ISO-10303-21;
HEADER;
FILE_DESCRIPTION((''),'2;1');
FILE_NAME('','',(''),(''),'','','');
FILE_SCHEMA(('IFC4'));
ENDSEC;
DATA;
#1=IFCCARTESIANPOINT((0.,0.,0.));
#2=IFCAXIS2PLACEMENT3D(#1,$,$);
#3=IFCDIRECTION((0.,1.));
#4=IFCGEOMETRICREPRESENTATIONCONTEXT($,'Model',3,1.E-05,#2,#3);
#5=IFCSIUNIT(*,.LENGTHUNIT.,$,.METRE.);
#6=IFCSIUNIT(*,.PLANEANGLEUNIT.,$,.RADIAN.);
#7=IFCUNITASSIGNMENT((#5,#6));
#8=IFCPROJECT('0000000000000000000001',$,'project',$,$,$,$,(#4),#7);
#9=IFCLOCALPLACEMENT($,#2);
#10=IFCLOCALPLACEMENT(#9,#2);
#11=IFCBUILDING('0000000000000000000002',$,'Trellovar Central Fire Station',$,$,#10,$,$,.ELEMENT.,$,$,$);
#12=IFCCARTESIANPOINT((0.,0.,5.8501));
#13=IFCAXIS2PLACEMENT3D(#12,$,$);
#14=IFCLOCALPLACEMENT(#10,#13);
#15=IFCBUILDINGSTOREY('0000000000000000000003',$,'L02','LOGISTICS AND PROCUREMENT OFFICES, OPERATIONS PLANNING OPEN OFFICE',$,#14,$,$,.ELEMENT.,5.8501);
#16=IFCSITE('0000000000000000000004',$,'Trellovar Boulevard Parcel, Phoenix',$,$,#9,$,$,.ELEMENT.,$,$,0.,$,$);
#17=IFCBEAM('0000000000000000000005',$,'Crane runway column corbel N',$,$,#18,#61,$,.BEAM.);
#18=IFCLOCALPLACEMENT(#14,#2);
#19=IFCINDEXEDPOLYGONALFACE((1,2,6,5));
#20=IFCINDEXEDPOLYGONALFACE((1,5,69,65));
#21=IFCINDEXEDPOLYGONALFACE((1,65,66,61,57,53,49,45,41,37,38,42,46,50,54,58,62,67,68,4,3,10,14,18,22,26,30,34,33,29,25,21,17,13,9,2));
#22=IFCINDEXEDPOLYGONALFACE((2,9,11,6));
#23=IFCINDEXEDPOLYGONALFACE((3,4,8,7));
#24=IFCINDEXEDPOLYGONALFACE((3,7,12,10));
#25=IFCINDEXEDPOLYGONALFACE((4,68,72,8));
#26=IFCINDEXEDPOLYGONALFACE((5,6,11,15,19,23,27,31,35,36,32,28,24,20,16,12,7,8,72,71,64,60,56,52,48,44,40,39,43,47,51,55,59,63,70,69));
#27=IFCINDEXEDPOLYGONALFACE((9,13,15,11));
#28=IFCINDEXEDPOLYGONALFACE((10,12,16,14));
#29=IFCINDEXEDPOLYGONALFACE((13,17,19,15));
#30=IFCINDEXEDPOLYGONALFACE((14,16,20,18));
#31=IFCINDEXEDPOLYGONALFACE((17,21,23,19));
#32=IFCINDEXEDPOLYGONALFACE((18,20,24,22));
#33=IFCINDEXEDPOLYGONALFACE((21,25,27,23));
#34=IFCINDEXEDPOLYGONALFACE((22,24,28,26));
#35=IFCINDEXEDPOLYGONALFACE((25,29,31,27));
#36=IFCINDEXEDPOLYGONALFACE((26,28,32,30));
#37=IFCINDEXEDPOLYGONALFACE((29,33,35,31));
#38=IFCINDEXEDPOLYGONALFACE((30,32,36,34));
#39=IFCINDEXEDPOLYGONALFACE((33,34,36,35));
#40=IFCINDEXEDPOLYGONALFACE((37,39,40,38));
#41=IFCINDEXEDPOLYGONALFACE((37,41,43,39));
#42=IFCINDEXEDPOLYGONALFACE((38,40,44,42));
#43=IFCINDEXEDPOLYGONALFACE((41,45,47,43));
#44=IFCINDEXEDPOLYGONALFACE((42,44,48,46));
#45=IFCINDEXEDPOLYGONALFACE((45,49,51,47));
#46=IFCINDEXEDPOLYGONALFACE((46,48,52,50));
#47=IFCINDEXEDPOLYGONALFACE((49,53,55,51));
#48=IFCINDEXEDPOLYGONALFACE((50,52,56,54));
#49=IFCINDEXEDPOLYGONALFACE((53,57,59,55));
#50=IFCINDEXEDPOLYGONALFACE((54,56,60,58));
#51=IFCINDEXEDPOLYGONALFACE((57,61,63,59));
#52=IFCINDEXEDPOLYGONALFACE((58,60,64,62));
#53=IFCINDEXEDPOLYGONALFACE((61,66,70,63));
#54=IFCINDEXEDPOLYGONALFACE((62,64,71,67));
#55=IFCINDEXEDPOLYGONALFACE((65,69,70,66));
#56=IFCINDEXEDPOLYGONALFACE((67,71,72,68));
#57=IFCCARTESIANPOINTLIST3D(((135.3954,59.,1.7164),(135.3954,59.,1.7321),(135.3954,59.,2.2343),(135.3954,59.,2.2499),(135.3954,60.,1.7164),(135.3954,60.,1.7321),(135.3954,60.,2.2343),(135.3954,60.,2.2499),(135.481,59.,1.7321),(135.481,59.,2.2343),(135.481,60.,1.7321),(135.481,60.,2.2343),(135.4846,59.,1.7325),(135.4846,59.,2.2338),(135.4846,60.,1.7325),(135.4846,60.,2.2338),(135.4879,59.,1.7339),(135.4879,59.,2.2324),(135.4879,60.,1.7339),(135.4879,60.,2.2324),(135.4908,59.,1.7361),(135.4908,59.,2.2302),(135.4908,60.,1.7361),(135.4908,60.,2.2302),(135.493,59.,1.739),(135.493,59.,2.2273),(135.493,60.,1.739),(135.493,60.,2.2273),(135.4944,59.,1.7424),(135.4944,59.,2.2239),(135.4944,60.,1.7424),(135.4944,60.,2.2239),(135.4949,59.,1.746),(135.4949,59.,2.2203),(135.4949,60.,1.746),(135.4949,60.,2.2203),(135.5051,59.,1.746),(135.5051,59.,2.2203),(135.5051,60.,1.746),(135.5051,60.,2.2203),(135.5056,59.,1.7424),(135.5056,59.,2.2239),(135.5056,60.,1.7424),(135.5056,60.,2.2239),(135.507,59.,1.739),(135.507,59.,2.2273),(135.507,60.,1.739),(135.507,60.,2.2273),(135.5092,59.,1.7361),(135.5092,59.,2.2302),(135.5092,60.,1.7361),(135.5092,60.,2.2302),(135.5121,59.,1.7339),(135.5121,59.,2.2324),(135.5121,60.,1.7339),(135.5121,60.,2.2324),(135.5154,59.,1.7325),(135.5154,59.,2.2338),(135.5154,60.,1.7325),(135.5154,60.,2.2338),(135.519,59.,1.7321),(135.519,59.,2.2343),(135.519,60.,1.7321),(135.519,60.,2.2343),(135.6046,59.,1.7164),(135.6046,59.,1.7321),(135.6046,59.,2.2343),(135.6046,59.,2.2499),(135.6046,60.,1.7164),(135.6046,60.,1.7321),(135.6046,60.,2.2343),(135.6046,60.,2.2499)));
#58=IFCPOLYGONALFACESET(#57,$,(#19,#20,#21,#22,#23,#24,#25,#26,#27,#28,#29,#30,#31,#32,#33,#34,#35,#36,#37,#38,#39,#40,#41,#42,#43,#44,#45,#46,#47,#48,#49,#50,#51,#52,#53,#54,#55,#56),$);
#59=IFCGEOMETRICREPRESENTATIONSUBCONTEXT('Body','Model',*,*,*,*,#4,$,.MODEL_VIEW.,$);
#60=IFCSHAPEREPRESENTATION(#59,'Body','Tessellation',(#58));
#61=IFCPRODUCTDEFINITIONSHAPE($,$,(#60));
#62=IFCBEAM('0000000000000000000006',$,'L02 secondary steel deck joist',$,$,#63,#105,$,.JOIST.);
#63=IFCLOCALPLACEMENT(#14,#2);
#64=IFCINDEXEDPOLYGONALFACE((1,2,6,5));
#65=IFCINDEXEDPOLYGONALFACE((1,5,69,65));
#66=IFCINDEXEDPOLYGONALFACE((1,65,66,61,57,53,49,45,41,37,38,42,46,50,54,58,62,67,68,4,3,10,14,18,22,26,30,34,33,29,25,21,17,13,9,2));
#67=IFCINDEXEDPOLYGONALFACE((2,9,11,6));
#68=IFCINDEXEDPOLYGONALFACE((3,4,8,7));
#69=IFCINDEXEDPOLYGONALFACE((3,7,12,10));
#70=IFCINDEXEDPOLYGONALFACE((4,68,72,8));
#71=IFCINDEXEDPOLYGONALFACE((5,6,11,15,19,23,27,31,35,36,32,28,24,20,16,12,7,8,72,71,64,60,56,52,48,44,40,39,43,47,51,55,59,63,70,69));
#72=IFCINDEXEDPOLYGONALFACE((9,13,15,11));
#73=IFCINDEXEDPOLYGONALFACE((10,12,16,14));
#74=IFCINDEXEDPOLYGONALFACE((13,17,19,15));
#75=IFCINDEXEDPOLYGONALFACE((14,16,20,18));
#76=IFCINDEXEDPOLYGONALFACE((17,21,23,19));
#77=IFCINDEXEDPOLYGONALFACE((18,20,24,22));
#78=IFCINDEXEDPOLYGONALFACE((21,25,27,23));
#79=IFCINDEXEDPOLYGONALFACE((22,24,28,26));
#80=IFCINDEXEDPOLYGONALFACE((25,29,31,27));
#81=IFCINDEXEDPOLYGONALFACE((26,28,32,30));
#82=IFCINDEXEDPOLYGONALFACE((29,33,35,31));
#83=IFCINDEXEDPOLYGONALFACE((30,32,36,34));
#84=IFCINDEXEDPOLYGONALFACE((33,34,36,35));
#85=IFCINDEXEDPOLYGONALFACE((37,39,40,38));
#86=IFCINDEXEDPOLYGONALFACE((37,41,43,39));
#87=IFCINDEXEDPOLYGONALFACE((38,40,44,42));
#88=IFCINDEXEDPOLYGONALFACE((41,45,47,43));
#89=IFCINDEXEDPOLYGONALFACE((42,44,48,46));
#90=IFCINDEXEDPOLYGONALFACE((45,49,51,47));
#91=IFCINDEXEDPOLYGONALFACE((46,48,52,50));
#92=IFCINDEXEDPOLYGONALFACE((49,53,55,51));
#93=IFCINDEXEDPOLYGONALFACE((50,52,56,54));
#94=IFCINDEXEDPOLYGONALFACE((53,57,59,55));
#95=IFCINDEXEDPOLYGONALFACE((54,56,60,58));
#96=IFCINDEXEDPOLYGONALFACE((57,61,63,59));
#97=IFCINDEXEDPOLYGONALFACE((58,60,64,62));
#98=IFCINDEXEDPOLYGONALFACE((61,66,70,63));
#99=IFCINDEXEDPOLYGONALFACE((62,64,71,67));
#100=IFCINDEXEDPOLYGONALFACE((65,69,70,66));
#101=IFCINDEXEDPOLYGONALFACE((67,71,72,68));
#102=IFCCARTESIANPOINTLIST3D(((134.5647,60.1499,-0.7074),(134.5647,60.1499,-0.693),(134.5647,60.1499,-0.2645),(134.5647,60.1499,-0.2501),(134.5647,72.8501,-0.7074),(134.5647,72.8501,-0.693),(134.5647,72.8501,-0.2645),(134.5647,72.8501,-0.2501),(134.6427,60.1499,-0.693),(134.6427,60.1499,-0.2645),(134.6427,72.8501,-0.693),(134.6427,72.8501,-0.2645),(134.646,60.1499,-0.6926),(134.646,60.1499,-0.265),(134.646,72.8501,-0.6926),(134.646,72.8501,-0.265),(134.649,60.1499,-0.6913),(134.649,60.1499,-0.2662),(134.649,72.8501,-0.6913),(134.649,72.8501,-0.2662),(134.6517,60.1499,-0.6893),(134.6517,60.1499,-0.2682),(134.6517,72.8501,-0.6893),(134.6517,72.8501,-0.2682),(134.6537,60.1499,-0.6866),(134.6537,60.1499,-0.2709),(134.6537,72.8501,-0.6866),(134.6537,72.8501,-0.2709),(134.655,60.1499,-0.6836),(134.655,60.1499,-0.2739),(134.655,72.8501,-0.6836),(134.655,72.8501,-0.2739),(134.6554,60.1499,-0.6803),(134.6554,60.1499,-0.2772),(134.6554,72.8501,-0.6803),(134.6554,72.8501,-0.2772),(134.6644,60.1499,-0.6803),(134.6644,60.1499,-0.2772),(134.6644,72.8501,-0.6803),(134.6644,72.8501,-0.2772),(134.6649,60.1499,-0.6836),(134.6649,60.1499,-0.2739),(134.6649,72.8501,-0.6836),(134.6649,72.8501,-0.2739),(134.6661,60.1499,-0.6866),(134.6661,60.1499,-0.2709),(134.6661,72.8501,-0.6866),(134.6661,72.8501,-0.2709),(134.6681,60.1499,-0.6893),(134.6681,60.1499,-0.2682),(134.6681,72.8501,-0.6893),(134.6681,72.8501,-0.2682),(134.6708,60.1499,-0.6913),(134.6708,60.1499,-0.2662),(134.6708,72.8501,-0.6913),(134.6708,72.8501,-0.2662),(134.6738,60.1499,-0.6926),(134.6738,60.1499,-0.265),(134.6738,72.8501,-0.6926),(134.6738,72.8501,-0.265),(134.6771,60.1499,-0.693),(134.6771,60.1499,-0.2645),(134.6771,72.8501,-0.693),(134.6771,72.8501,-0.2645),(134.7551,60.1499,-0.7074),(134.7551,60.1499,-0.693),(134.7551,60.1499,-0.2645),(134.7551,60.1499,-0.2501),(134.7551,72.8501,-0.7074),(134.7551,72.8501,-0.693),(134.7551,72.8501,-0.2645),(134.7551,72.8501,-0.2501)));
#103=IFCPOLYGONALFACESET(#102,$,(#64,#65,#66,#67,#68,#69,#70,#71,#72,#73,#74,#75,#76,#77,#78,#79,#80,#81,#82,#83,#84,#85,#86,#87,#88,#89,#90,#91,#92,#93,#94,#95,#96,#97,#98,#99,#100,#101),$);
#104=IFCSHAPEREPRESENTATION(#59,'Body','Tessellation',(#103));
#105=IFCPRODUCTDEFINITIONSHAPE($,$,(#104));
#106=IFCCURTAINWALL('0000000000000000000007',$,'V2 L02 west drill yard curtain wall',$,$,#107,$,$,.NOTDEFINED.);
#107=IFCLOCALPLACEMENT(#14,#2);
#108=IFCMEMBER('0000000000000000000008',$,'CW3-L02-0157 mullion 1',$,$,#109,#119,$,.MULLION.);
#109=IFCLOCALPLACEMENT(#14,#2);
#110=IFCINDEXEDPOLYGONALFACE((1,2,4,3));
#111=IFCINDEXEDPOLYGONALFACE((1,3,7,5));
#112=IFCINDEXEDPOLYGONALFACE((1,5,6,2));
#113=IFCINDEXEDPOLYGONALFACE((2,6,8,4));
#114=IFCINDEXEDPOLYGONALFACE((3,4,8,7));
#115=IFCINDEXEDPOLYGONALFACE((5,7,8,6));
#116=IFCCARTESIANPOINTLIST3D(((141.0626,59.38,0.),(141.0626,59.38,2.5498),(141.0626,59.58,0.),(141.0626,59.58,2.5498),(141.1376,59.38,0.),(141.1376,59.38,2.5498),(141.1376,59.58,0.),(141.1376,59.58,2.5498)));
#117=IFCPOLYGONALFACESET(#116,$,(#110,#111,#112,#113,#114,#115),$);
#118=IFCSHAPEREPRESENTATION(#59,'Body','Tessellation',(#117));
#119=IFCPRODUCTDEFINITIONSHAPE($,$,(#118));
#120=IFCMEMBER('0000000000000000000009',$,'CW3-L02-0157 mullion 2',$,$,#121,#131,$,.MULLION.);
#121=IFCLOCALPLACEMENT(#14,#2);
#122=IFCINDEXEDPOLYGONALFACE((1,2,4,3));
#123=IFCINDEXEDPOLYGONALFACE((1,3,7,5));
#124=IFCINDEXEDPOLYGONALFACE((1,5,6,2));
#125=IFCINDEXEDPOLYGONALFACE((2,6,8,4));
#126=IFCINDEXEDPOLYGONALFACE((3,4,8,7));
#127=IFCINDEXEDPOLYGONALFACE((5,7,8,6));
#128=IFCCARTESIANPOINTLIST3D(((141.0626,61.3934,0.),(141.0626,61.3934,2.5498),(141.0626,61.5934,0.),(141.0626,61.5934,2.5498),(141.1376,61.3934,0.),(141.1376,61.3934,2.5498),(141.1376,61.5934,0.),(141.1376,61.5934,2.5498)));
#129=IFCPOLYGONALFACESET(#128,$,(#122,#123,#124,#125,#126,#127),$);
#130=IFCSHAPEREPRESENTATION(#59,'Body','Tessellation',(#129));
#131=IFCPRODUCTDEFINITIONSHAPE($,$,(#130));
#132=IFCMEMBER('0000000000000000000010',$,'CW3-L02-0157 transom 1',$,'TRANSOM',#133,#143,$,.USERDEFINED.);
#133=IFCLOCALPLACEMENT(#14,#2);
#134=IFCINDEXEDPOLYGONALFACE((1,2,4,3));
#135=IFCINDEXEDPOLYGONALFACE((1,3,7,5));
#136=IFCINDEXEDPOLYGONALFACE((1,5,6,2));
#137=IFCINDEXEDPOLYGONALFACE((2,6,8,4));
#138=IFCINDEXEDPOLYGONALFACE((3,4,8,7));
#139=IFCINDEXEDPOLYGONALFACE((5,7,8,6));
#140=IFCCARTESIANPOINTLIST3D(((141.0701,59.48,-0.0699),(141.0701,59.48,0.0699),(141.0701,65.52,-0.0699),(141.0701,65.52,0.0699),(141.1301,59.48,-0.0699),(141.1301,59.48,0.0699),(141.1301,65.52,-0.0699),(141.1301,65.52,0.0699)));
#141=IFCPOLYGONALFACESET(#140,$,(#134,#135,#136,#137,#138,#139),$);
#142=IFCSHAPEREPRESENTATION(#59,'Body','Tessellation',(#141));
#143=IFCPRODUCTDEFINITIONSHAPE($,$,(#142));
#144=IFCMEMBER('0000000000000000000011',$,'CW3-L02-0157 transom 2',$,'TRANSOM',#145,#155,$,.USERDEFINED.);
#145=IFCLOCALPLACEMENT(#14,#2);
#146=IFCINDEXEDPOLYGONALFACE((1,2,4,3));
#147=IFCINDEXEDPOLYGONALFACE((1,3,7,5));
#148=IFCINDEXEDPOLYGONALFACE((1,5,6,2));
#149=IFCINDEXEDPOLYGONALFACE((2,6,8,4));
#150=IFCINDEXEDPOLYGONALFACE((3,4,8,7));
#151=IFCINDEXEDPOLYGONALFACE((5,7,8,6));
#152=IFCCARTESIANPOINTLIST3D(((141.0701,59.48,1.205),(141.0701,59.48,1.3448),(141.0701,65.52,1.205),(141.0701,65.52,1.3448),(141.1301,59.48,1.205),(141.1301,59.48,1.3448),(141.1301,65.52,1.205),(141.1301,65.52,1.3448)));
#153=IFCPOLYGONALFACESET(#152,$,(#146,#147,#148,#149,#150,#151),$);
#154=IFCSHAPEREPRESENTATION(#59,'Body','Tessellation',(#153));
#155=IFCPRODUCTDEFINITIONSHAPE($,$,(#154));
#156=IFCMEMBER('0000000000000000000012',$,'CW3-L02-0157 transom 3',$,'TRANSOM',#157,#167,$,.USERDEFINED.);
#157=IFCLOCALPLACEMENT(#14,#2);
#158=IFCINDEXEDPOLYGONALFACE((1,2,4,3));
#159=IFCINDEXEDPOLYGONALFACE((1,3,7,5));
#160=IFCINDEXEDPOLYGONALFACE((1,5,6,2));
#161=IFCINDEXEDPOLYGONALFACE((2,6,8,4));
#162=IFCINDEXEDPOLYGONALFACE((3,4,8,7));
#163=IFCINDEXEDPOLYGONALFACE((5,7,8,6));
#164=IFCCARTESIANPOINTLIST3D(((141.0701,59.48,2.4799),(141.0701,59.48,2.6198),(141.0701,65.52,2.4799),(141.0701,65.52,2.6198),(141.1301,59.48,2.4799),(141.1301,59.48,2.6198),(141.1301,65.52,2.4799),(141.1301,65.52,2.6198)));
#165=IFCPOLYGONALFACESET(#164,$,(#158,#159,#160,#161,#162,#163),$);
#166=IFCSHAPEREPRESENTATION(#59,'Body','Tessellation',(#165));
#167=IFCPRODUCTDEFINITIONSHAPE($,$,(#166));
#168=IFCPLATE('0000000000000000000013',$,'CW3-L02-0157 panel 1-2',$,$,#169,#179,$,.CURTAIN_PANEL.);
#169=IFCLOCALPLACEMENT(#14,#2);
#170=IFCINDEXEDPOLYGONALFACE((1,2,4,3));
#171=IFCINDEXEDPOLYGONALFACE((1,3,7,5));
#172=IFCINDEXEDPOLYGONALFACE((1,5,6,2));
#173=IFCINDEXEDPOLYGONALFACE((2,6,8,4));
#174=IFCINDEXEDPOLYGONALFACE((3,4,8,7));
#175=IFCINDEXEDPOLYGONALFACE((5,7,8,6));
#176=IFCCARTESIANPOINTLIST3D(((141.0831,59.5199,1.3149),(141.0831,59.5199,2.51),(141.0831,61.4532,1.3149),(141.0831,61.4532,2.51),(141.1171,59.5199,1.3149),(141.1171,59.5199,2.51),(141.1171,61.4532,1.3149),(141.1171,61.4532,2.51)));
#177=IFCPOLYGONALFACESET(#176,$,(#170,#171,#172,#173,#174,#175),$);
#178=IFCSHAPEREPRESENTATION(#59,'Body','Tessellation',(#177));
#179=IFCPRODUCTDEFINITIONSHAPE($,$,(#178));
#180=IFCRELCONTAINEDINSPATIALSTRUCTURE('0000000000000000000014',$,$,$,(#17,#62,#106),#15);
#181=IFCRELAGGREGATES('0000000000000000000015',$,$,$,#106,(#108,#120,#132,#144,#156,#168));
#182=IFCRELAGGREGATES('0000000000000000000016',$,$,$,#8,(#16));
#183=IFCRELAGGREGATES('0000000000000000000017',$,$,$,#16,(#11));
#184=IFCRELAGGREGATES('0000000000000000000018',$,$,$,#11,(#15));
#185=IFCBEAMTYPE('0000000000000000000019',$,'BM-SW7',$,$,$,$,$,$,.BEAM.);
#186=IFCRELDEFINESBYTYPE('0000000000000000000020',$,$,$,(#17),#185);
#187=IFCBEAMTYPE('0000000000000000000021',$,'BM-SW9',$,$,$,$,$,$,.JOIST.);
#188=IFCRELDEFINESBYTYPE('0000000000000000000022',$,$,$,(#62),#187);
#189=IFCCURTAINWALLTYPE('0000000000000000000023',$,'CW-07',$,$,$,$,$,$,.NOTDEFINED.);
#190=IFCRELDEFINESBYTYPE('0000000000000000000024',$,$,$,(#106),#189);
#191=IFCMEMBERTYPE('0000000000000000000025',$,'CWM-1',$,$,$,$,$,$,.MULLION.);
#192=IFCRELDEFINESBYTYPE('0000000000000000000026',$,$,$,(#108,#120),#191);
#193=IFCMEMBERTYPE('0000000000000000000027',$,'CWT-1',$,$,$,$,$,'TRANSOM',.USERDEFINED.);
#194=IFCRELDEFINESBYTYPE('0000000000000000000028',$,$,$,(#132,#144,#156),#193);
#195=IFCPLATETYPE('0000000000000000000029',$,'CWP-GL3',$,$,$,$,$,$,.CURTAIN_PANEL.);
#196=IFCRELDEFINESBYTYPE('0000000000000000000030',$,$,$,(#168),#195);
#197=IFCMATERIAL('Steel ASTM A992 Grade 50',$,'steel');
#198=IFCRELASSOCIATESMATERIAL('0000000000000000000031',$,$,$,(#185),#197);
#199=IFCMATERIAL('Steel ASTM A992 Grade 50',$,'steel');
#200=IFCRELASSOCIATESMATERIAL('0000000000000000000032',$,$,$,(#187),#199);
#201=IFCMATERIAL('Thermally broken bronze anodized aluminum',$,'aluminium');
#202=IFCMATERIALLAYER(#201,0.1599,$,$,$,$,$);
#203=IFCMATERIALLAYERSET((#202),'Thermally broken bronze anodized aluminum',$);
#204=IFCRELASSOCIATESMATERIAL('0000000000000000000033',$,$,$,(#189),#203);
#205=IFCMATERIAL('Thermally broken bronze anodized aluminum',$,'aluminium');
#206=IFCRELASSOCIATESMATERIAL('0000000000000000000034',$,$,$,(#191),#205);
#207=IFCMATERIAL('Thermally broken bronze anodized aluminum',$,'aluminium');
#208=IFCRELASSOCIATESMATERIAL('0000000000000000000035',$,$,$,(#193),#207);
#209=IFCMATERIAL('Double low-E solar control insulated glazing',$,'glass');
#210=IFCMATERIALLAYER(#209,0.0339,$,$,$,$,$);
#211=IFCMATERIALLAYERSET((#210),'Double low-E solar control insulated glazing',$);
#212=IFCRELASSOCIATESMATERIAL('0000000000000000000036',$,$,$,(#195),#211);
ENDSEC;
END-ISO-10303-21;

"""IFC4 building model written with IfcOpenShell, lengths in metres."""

from ifc_helpers import new_model, si_unit, direction, frame, origin, origin_2d, place, context, subcontext, project, spatial, rectangle, i_section, extrude, material, layer, layer_set, material_profile, profile_set, type_object, element, aggregate, save


model = new_model("IFC4")

# Units and contexts
model_context = context("Model", 3, precision=1e-05, world=origin(), true_north=direction((0.0, 1.0)))
body_context = subcontext(model_context, "Body", "Model", "MODEL_VIEW")
ifc_project = project(units=[si_unit("LENGTHUNIT", "METRE"), si_unit("PLANEANGLEUNIT", "RADIAN")], contexts=[model_context])

# Site, building, storey
site_placement = place(None, origin())
site = spatial("IfcSite", under=ifc_project, at=site_placement, Name="Trellovar Boulevard Parcel, Phoenix", CompositionType="ELEMENT", RefElevation=0.0)
building_placement = place(site_placement, origin())
building = spatial("IfcBuilding", under=site, at=building_placement, Name="Trellovar Central Fire Station", CompositionType="ELEMENT")
storey_placement = place(building_placement, frame((0.0, 0.0, 5.8501)))
storey = spatial("IfcBuildingStorey", under=building, at=storey_placement, Name="L02", Description="LOGISTICS AND PROCUREMENT OFFICES, OPERATIONS PLANNING OPEN OFFICE", CompositionType="ELEMENT", Elevation=5.8501)

# Beams
ifc_material_1 = material(Name="Steel ASTM A992 Grade 50", Category="steel")
ifc_material_profile_1 = material_profile(ifc_material_1, i_section(OverallWidth=0.2092, OverallDepth=0.5334, WebThickness=0.0103, FlangeThickness=0.0156, FilletRadius=0.0139, at=origin_2d()), Name="W21X62")
ifc_profile_set_1 = profile_set([ifc_material_profile_1], Name="Steel ASTM A992 Grade 50")
beam_type_1 = type_object("IfcBeamType", Name="BM-SW7", PredefinedType="BEAM", material=ifc_profile_set_1)
beam_1_placement = place(storey_placement, frame((135.5, 59.0, 1.9832), z_axis=(0.0, 1.0, 0.0), x_axis=(-1.0, 0.0, 0.0)))
element("IfcBeam", 1, at=beam_1_placement, inside=storey, type_object=beam_type_1, Name="Crane runway column corbel N", PredefinedType="BEAM", context=body_context, shape_type="SweptSolid", body=[
    extrude(i_section(OverallWidth=0.2092, OverallDepth=0.5334, WebThickness=0.0103, FlangeThickness=0.0156, FilletRadius=0.0139, at=origin_2d()), origin(), (0.0, 0.0, 1.0), 1.0),
])
ifc_material_2 = material(Name="Steel ASTM A992 Grade 50", Category="steel")
ifc_material_profile_2 = material_profile(ifc_material_2, i_section(OverallWidth=0.1904, OverallDepth=0.4573, WebThickness=0.009, FlangeThickness=0.0144, FilletRadius=0.0127, at=origin_2d()), Name="W18X50")
ifc_profile_set_2 = profile_set([ifc_material_profile_2], Name="Steel ASTM A992 Grade 50")
beam_type_2 = type_object("IfcBeamType", Name="BM-SW9", PredefinedType="JOIST", material=ifc_profile_set_2)
beam_2_placement = place(storey_placement, frame((134.6599, 60.1499, -0.4788), z_axis=(0.0, 1.0, 0.0), x_axis=(-1.0, 0.0, 0.0)))
element("IfcBeam", 2, at=beam_2_placement, inside=storey, type_object=beam_type_2, Name="L02 secondary steel deck joist", PredefinedType="JOIST", context=body_context, shape_type="SweptSolid", body=[
    extrude(i_section(OverallWidth=0.1904, OverallDepth=0.4573, WebThickness=0.009, FlangeThickness=0.0144, FilletRadius=0.0127, at=origin_2d()), origin(), (0.0, 0.0, 1.0), 12.7002),
])

# Curtain wall, members, plate
ifc_material_3 = material(Name="Thermally broken bronze anodized aluminum", Category="aluminium")
ifc_layer_1 = layer(ifc_material_3, 0.1599)
ifc_layer_set_1 = layer_set([ifc_layer_1], Name="Thermally broken bronze anodized aluminum")
curtain_wall_type = type_object("IfcCurtainWallType", Name="CW-07", PredefinedType="NOTDEFINED", material=ifc_layer_set_1)
curtain_wall_placement = place(storey_placement, origin())
curtain_wall = element("IfcCurtainWall", 3, at=curtain_wall_placement, inside=storey, type_object=curtain_wall_type, Name="V2 L02 west drill yard curtain wall", PredefinedType="NOTDEFINED")
ifc_material_4 = material(Name="Thermally broken bronze anodized aluminum", Category="aluminium")
ifc_material_profile_3 = material_profile(ifc_material_4, rectangle(XDim=0.075, YDim=0.2, at=origin_2d()), Name="ALU75X200")
ifc_profile_set_3 = profile_set([ifc_material_profile_3], Name="Thermally broken bronze anodized aluminum")
member_type_1 = type_object("IfcMemberType", Name="CWM-1", PredefinedType="MULLION", material=ifc_profile_set_3)
member_1_placement = place(storey_placement, frame((141.1001, 59.48, 0.0), z_axis=(0.0, 0.0, 1.0), x_axis=(1.0, 0.0, 0.0)))
member_1 = element("IfcMember", 4, at=member_1_placement, type_object=member_type_1, Name="CW3-L02-0157 mullion 1", PredefinedType="MULLION", context=body_context, shape_type="SweptSolid", body=[
    extrude(rectangle(XDim=0.075, YDim=0.2, at=origin_2d()), origin(), (0.0, 0.0, 1.0), 2.5498),
])
member_2_placement = place(storey_placement, frame((141.1001, 61.4934, 0.0), z_axis=(0.0, 0.0, 1.0), x_axis=(1.0, 0.0, 0.0)))
member_2 = element("IfcMember", 5, at=member_2_placement, type_object=member_type_1, Name="CW3-L02-0157 mullion 2", PredefinedType="MULLION", context=body_context, shape_type="SweptSolid", body=[
    extrude(rectangle(XDim=0.075, YDim=0.2, at=origin_2d()), origin(), (0.0, 0.0, 1.0), 2.5498),
])
ifc_material_5 = material(Name="Thermally broken bronze anodized aluminum", Category="aluminium")
ifc_material_profile_4 = material_profile(ifc_material_5, rectangle(XDim=0.0601, YDim=0.1399, at=origin_2d()), Name="ALU60X140")
ifc_profile_set_4 = profile_set([ifc_material_profile_4], Name="Thermally broken bronze anodized aluminum")
member_type_2 = type_object("IfcMemberType", Name="CWT-1", ElementType="TRANSOM", PredefinedType="USERDEFINED", material=ifc_profile_set_4)
member_3_placement = place(storey_placement, frame((141.1001, 59.48, 0.0), z_axis=(0.0, 1.0, 0.0), x_axis=(-1.0, 0.0, 0.0)))
member_3 = element("IfcMember", 6, at=member_3_placement, type_object=member_type_2, Name="CW3-L02-0157 transom 1", ObjectType="TRANSOM", PredefinedType="USERDEFINED", context=body_context, shape_type="SweptSolid", body=[
    extrude(rectangle(XDim=0.0601, YDim=0.1399, at=origin_2d()), origin(), (0.0, 0.0, 1.0), 6.04),
])
member_4_placement = place(storey_placement, frame((141.1001, 59.48, 1.2749), z_axis=(0.0, 1.0, 0.0), x_axis=(-1.0, 0.0, 0.0)))
member_4 = element("IfcMember", 7, at=member_4_placement, type_object=member_type_2, Name="CW3-L02-0157 transom 2", ObjectType="TRANSOM", PredefinedType="USERDEFINED", context=body_context, shape_type="SweptSolid", body=[
    extrude(rectangle(XDim=0.0601, YDim=0.1399, at=origin_2d()), origin(), (0.0, 0.0, 1.0), 6.04),
])
member_5_placement = place(storey_placement, frame((141.1001, 59.48, 2.5498), z_axis=(0.0, 1.0, 0.0), x_axis=(-1.0, 0.0, 0.0)))
member_5 = element("IfcMember", 8, at=member_5_placement, type_object=member_type_2, Name="CW3-L02-0157 transom 3", ObjectType="TRANSOM", PredefinedType="USERDEFINED", context=body_context, shape_type="SweptSolid", body=[
    extrude(rectangle(XDim=0.0601, YDim=0.1399, at=origin_2d()), origin(), (0.0, 0.0, 1.0), 6.04),
])
ifc_material_6 = material(Name="Double low-E solar control insulated glazing", Category="glass")
ifc_layer_2 = layer(ifc_material_6, 0.0339)
ifc_layer_set_2 = layer_set([ifc_layer_2], Name="Double low-E solar control insulated glazing")
plate_type_1 = type_object("IfcPlateType", Name="CWP-GL3", PredefinedType="CURTAIN_PANEL", material=ifc_layer_set_2)
plate_1_placement = place(storey_placement, frame((141.1001, 60.4866, 1.3149), z_axis=(0.0, 0.0, 1.0), x_axis=(0.0, 1.0, 0.0)))
plate_1 = element("IfcPlate", 9, at=plate_1_placement, type_object=plate_type_1, Name="CW3-L02-0157 panel 1-2", PredefinedType="CURTAIN_PANEL", context=body_context, shape_type="SweptSolid", body=[
    extrude(rectangle(XDim=1.9333, YDim=0.0339, at=origin_2d()), origin(), (0.0, 0.0, 1.0), 1.1951),
])
aggregate(curtain_wall, [member_1, member_2, member_3, member_4, member_5, plate_1])

save(model, "model.ifc")
